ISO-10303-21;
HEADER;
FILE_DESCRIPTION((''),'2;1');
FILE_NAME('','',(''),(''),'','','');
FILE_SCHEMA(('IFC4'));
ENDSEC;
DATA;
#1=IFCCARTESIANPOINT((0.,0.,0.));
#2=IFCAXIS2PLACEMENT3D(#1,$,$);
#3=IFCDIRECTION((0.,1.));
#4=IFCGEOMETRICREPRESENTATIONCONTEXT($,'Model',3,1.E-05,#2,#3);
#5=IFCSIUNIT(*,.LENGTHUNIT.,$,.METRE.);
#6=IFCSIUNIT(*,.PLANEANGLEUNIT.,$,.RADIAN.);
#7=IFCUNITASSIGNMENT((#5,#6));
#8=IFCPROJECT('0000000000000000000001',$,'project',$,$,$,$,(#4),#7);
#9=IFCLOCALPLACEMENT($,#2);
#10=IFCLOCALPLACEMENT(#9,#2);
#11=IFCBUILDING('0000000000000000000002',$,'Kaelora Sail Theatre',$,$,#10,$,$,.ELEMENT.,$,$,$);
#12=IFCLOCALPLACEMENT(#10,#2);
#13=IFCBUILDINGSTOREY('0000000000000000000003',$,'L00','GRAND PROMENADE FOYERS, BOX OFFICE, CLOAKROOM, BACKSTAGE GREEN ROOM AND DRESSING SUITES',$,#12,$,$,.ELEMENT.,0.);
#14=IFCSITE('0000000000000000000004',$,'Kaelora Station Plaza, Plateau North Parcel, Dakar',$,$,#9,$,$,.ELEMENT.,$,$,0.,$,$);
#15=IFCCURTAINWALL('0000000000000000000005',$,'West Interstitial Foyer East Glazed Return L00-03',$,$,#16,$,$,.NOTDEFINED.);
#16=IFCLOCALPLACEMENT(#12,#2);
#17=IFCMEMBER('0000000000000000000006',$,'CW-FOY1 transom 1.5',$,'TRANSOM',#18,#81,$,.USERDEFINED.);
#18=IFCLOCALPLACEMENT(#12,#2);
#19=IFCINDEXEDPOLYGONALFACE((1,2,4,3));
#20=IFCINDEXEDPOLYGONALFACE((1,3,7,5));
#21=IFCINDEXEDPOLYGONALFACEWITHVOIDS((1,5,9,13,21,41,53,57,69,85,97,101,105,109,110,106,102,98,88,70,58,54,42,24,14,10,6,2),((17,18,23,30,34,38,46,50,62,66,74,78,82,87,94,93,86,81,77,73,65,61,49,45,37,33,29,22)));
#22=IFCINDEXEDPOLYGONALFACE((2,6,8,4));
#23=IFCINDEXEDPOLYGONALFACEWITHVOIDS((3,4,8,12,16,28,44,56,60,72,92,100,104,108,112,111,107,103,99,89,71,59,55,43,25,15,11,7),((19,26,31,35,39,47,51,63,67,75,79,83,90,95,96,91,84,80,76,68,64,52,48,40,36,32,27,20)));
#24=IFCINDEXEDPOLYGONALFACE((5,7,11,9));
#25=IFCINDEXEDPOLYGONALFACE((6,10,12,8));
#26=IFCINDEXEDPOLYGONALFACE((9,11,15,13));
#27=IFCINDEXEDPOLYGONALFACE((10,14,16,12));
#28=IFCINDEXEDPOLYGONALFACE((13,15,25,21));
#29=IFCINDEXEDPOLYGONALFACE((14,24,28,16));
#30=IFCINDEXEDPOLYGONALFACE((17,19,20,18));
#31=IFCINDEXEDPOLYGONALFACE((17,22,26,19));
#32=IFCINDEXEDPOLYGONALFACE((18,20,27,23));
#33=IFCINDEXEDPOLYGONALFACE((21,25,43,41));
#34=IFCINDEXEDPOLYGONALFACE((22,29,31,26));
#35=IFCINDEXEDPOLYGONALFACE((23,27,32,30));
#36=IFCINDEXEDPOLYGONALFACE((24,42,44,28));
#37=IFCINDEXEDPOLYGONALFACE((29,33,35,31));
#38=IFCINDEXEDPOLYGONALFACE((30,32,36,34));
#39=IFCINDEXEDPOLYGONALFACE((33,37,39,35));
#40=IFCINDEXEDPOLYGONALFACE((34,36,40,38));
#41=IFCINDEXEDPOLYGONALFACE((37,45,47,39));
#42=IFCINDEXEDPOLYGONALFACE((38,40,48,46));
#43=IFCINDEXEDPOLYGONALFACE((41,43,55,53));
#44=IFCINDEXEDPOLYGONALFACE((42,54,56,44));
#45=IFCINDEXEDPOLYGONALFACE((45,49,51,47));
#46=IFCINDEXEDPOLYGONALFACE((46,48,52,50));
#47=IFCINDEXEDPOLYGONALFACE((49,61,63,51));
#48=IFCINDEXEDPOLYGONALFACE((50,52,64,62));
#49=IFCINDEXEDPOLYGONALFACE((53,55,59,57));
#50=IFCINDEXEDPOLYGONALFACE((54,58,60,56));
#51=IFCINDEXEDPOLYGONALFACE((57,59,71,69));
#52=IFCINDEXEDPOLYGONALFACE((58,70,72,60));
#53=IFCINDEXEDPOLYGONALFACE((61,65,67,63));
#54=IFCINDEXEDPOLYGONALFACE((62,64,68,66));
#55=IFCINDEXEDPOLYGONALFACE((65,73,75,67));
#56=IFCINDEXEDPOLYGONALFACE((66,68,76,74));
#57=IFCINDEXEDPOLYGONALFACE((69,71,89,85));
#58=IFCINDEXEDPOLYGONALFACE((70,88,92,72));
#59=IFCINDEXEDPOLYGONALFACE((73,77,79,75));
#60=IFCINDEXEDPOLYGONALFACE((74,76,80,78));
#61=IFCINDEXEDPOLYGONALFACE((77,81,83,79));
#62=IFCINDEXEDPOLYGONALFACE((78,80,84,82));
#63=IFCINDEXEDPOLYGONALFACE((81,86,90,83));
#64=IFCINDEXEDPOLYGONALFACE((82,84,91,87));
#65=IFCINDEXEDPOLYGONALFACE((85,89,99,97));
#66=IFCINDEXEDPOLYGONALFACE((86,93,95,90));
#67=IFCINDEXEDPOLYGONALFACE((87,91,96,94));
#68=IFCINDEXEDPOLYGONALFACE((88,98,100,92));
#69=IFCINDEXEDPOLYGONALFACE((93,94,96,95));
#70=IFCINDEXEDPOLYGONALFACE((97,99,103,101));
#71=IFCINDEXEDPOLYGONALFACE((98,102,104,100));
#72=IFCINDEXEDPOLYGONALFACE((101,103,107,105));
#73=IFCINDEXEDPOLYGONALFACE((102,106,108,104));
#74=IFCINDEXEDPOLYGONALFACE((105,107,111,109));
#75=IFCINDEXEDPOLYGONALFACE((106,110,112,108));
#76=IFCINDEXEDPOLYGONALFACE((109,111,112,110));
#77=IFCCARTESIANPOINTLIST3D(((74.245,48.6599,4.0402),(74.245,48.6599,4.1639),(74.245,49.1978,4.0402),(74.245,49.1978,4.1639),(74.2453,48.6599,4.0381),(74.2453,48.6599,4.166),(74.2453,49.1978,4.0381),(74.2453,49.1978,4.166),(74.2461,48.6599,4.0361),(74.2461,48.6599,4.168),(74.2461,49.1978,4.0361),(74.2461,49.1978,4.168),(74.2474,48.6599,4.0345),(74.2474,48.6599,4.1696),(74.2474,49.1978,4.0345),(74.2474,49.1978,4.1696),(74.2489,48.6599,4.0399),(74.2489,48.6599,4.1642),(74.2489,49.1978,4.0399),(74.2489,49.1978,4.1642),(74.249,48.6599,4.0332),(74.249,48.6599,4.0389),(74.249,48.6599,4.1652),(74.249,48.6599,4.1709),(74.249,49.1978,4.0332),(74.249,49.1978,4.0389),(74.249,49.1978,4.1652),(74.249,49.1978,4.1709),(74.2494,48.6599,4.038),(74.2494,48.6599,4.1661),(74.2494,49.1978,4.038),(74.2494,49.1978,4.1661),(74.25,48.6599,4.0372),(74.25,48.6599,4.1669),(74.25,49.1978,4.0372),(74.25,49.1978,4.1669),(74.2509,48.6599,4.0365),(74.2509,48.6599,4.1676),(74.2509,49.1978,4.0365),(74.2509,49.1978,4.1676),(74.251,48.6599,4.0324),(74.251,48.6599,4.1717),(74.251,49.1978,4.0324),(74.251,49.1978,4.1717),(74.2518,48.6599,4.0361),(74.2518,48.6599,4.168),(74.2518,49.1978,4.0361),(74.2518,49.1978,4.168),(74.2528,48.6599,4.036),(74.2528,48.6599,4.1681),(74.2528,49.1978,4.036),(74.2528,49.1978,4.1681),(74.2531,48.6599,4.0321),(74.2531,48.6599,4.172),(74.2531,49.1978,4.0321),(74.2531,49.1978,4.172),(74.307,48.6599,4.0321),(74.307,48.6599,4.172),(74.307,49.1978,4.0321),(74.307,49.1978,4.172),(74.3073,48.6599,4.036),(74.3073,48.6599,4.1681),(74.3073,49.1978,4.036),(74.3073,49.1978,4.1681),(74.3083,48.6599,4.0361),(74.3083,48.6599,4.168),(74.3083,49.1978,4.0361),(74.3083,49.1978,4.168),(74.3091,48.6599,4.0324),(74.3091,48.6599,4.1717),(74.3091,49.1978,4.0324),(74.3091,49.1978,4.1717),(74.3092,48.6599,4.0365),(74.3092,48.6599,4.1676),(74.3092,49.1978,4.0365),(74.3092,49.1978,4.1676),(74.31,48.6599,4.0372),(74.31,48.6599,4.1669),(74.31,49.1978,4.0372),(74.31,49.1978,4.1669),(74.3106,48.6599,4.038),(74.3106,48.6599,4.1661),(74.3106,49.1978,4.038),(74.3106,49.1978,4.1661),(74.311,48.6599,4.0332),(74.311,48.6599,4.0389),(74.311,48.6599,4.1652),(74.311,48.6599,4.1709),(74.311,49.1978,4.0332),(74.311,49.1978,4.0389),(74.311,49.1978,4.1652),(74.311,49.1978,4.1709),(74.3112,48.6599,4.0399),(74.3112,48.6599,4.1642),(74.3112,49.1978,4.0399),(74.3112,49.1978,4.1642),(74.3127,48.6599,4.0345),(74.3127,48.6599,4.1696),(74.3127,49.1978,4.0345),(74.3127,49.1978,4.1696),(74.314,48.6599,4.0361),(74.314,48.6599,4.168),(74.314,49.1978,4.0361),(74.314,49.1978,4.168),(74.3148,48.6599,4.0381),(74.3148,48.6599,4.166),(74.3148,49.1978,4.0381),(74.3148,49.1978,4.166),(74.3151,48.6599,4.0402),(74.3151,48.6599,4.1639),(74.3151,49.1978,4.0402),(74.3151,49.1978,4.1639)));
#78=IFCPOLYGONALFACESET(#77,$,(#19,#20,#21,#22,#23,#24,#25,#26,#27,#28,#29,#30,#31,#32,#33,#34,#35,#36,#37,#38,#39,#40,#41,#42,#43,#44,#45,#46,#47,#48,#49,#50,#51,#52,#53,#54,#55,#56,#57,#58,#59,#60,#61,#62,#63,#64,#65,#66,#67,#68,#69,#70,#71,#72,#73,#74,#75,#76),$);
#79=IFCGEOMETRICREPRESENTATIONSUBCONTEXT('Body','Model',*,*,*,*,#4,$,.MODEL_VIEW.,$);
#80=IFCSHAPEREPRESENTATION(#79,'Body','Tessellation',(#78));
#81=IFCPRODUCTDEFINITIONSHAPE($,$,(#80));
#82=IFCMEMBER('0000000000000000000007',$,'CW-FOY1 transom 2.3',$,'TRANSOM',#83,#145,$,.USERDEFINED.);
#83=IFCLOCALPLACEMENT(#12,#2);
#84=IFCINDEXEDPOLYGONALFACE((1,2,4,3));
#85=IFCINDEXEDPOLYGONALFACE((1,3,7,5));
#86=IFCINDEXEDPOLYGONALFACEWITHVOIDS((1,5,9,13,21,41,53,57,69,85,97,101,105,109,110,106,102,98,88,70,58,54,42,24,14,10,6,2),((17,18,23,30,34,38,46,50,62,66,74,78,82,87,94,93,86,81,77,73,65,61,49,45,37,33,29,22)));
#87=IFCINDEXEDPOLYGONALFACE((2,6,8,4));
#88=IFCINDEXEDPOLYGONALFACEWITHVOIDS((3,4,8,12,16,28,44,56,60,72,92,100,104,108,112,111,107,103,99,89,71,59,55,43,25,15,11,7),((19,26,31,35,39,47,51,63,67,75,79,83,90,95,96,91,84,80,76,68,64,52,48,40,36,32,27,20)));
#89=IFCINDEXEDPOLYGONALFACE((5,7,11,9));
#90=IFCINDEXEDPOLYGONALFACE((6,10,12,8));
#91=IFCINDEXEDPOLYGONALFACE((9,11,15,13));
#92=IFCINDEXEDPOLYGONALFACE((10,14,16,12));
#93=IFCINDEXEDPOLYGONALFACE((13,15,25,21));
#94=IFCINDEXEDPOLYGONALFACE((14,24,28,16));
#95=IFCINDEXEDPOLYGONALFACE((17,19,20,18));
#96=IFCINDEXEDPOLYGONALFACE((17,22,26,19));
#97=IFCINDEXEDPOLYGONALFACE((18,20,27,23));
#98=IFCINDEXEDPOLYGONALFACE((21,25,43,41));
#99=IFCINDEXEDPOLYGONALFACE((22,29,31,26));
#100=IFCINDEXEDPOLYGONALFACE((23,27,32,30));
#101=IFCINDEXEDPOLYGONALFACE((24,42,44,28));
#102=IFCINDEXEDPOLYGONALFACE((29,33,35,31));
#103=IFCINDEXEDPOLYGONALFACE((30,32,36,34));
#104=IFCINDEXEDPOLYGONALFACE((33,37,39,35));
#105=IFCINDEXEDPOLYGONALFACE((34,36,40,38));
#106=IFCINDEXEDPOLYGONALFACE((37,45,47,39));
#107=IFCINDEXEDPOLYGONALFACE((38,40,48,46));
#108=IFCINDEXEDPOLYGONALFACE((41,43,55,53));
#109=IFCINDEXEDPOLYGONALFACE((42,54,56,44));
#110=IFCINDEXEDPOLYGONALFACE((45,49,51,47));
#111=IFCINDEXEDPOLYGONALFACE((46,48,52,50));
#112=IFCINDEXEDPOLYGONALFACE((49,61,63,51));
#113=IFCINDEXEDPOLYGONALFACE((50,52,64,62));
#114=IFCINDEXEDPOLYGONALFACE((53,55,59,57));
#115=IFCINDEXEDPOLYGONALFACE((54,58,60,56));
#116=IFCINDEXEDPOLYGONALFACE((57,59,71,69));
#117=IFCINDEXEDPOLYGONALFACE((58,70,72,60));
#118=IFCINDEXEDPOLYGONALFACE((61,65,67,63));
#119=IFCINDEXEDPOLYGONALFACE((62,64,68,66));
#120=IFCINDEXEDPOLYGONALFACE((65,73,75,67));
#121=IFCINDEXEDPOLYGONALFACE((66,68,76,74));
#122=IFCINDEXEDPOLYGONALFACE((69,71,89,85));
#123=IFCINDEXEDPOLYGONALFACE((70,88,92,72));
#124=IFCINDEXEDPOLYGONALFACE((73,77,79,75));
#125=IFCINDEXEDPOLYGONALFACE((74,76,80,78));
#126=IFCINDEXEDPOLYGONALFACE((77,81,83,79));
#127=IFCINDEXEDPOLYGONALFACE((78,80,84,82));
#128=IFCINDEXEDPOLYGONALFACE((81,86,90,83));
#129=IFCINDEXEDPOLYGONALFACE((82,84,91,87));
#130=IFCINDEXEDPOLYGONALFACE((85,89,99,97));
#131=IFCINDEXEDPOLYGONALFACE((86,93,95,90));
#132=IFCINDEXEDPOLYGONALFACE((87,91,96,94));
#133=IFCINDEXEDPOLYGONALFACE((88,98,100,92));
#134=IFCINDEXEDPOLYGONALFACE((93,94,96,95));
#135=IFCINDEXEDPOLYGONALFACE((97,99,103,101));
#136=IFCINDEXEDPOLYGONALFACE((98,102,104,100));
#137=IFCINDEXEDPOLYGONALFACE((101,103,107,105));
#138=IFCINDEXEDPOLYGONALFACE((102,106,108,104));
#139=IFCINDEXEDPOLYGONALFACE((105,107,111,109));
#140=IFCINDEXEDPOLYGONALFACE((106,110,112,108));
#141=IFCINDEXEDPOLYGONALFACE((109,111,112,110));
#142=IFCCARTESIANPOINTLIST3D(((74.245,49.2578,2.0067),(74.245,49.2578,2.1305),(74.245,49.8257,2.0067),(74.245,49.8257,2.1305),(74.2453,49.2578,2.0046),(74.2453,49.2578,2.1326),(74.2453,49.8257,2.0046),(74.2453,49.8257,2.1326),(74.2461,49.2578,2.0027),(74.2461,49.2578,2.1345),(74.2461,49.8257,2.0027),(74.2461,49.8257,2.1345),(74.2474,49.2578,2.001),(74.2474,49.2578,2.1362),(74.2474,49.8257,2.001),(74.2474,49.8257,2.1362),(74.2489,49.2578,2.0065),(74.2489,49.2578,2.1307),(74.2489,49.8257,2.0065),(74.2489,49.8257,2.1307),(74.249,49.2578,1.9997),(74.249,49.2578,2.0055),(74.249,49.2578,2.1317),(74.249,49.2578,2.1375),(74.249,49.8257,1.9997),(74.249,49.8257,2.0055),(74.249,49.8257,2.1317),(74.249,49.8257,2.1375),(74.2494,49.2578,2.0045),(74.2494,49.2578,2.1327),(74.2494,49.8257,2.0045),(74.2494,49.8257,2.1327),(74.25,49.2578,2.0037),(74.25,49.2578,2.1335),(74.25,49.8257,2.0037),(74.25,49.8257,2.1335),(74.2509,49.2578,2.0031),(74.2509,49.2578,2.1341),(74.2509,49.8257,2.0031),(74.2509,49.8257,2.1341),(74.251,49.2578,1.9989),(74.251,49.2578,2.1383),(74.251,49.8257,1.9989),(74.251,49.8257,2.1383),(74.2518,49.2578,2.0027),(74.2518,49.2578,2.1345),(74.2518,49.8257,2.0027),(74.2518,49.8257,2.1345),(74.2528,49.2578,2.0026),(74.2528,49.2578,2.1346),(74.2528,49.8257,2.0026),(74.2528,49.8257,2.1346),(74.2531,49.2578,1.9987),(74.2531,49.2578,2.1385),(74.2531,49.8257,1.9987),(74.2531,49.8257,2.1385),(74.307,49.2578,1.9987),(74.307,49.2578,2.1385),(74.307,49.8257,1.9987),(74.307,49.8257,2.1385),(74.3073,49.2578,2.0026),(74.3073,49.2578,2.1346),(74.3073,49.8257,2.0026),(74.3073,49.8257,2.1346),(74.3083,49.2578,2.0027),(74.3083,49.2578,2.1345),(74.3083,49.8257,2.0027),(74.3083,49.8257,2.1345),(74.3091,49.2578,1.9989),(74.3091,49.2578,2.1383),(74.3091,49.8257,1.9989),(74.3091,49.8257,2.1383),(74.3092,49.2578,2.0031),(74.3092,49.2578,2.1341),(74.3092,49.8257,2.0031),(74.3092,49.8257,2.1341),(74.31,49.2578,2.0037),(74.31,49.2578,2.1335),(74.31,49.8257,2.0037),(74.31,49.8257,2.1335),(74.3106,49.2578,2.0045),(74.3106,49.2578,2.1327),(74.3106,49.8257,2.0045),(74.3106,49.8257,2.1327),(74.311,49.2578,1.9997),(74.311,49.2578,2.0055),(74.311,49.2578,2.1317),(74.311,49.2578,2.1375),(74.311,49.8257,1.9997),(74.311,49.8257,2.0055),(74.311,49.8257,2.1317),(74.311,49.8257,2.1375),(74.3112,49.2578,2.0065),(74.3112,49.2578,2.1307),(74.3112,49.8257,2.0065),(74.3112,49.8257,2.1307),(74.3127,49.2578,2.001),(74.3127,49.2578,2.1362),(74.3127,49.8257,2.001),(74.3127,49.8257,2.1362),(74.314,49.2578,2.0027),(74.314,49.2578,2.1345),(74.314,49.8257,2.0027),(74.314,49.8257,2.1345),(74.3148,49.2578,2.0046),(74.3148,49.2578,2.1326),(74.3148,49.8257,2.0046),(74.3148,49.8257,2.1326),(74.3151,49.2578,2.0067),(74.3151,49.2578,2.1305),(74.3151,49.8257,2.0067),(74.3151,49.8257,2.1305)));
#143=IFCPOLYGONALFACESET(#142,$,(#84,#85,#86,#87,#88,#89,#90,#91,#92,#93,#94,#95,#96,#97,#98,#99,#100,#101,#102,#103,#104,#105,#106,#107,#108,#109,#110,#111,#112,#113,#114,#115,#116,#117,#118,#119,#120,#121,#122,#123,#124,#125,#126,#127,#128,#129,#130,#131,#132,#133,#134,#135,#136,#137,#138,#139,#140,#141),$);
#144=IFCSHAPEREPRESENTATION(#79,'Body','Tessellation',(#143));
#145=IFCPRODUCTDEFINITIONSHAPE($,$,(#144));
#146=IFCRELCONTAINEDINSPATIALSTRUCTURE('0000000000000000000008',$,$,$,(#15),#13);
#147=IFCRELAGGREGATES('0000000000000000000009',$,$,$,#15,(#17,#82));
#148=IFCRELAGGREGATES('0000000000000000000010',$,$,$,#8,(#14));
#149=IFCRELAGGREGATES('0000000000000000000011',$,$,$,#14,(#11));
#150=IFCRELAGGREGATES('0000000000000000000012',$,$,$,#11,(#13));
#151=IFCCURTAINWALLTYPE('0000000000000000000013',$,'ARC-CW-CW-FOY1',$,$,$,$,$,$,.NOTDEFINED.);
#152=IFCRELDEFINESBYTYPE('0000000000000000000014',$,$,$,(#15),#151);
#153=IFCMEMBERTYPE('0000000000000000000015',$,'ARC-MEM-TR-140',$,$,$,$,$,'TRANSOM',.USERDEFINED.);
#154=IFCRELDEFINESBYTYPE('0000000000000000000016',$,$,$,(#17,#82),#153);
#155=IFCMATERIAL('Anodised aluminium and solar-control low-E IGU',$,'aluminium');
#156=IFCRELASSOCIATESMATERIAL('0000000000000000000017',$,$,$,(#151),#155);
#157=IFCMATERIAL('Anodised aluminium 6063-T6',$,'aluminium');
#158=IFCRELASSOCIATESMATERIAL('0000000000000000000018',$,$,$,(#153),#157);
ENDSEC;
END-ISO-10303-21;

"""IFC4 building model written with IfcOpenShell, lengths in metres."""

from ifc_helpers import new_model, si_unit, direction, frame, origin, origin_2d, place, context, subcontext, project, spatial, hollow_rectangle, extrude, material, material_profile, profile_set, type_object, element, aggregate, save


model = new_model("IFC4")

# Units and contexts
model_context = context("Model", 3, precision=1e-05, world=origin(), true_north=direction((0.0, 1.0)))
body_context = subcontext(model_context, "Body", "Model", "MODEL_VIEW")
ifc_project = project(units=[si_unit("LENGTHUNIT", "METRE"), si_unit("PLANEANGLEUNIT", "RADIAN")], contexts=[model_context])

# Site, building, storey
site_placement = place(None, origin())
site = spatial("IfcSite", under=ifc_project, at=site_placement, Name="Kaelora Station Plaza, Plateau North Parcel, Dakar", CompositionType="ELEMENT", RefElevation=0.0)
building_placement = place(site_placement, origin())
building = spatial("IfcBuilding", under=site, at=building_placement, Name="Kaelora Sail Theatre", CompositionType="ELEMENT")
storey_placement = place(building_placement, origin())
storey = spatial("IfcBuildingStorey", under=building, at=storey_placement, Name="L00", Description="GRAND PROMENADE FOYERS, BOX OFFICE, CLOAKROOM, BACKSTAGE GREEN ROOM AND DRESSING SUITES", CompositionType="ELEMENT", Elevation=0.0)

# Curtain wall, members
ifc_material_1 = material(Name="Anodised aluminium and solar-control low-E IGU", Category="aluminium")
curtain_wall_type = type_object("IfcCurtainWallType", Name="ARC-CW-CW-FOY1", PredefinedType="NOTDEFINED", material=ifc_material_1)
curtain_wall_placement = place(storey_placement, origin())
curtain_wall = element("IfcCurtainWall", 1, at=curtain_wall_placement, inside=storey, type_object=curtain_wall_type, Name="West Interstitial Foyer East Glazed Return L00-03", PredefinedType="NOTDEFINED")
ifc_material_2 = material(Name="Anodised aluminium 6063-T6", Category="aluminium")
ifc_material_profile_1 = material_profile(ifc_material_2, hollow_rectangle(XDim=0.0701, YDim=0.1399, WallThickness=0.0039, InnerFilletRadius=0.0039, OuterFilletRadius=0.0081, at=origin_2d()), Name="ALU-TRAN 70x140x4")
ifc_profile_set_1 = profile_set([ifc_material_profile_1], Name="Anodised aluminium 6063-T6")
member_type_1 = type_object("IfcMemberType", Name="ARC-MEM-TR-140", ElementType="TRANSOM", PredefinedType="USERDEFINED", material=ifc_profile_set_1)
member_1_placement = place(storey_placement, frame((74.28, 48.6599, 4.1021), z_axis=(0.0, 1.0, 0.0), x_axis=(-1.0, 0.0, 0.0)))
member_1 = element("IfcMember", 2, at=member_1_placement, type_object=member_type_1, Name="CW-FOY1 transom 1.5", ObjectType="TRANSOM", PredefinedType="USERDEFINED", context=body_context, shape_type="SweptSolid", body=[
    extrude(hollow_rectangle(XDim=0.0701, YDim=0.1399, WallThickness=0.0039, InnerFilletRadius=0.0039, OuterFilletRadius=0.0081, at=origin_2d()), origin(), (0.0, 0.0, 1.0), 0.5378),
])
member_2_placement = place(storey_placement, frame((74.28, 49.2578, 2.0686), z_axis=(0.0, 1.0, 0.0), x_axis=(-1.0, 0.0, 0.0)))
member_2 = element("IfcMember", 3, at=member_2_placement, type_object=member_type_1, Name="CW-FOY1 transom 2.3", ObjectType="TRANSOM", PredefinedType="USERDEFINED", context=body_context, shape_type="SweptSolid", body=[
    extrude(hollow_rectangle(XDim=0.0701, YDim=0.1399, WallThickness=0.0039, InnerFilletRadius=0.0039, OuterFilletRadius=0.0081, at=origin_2d()), origin(), (0.0, 0.0, 1.0), 0.5679),
])
aggregate(curtain_wall, [member_1, member_2])

save(model, "model.ifc")
